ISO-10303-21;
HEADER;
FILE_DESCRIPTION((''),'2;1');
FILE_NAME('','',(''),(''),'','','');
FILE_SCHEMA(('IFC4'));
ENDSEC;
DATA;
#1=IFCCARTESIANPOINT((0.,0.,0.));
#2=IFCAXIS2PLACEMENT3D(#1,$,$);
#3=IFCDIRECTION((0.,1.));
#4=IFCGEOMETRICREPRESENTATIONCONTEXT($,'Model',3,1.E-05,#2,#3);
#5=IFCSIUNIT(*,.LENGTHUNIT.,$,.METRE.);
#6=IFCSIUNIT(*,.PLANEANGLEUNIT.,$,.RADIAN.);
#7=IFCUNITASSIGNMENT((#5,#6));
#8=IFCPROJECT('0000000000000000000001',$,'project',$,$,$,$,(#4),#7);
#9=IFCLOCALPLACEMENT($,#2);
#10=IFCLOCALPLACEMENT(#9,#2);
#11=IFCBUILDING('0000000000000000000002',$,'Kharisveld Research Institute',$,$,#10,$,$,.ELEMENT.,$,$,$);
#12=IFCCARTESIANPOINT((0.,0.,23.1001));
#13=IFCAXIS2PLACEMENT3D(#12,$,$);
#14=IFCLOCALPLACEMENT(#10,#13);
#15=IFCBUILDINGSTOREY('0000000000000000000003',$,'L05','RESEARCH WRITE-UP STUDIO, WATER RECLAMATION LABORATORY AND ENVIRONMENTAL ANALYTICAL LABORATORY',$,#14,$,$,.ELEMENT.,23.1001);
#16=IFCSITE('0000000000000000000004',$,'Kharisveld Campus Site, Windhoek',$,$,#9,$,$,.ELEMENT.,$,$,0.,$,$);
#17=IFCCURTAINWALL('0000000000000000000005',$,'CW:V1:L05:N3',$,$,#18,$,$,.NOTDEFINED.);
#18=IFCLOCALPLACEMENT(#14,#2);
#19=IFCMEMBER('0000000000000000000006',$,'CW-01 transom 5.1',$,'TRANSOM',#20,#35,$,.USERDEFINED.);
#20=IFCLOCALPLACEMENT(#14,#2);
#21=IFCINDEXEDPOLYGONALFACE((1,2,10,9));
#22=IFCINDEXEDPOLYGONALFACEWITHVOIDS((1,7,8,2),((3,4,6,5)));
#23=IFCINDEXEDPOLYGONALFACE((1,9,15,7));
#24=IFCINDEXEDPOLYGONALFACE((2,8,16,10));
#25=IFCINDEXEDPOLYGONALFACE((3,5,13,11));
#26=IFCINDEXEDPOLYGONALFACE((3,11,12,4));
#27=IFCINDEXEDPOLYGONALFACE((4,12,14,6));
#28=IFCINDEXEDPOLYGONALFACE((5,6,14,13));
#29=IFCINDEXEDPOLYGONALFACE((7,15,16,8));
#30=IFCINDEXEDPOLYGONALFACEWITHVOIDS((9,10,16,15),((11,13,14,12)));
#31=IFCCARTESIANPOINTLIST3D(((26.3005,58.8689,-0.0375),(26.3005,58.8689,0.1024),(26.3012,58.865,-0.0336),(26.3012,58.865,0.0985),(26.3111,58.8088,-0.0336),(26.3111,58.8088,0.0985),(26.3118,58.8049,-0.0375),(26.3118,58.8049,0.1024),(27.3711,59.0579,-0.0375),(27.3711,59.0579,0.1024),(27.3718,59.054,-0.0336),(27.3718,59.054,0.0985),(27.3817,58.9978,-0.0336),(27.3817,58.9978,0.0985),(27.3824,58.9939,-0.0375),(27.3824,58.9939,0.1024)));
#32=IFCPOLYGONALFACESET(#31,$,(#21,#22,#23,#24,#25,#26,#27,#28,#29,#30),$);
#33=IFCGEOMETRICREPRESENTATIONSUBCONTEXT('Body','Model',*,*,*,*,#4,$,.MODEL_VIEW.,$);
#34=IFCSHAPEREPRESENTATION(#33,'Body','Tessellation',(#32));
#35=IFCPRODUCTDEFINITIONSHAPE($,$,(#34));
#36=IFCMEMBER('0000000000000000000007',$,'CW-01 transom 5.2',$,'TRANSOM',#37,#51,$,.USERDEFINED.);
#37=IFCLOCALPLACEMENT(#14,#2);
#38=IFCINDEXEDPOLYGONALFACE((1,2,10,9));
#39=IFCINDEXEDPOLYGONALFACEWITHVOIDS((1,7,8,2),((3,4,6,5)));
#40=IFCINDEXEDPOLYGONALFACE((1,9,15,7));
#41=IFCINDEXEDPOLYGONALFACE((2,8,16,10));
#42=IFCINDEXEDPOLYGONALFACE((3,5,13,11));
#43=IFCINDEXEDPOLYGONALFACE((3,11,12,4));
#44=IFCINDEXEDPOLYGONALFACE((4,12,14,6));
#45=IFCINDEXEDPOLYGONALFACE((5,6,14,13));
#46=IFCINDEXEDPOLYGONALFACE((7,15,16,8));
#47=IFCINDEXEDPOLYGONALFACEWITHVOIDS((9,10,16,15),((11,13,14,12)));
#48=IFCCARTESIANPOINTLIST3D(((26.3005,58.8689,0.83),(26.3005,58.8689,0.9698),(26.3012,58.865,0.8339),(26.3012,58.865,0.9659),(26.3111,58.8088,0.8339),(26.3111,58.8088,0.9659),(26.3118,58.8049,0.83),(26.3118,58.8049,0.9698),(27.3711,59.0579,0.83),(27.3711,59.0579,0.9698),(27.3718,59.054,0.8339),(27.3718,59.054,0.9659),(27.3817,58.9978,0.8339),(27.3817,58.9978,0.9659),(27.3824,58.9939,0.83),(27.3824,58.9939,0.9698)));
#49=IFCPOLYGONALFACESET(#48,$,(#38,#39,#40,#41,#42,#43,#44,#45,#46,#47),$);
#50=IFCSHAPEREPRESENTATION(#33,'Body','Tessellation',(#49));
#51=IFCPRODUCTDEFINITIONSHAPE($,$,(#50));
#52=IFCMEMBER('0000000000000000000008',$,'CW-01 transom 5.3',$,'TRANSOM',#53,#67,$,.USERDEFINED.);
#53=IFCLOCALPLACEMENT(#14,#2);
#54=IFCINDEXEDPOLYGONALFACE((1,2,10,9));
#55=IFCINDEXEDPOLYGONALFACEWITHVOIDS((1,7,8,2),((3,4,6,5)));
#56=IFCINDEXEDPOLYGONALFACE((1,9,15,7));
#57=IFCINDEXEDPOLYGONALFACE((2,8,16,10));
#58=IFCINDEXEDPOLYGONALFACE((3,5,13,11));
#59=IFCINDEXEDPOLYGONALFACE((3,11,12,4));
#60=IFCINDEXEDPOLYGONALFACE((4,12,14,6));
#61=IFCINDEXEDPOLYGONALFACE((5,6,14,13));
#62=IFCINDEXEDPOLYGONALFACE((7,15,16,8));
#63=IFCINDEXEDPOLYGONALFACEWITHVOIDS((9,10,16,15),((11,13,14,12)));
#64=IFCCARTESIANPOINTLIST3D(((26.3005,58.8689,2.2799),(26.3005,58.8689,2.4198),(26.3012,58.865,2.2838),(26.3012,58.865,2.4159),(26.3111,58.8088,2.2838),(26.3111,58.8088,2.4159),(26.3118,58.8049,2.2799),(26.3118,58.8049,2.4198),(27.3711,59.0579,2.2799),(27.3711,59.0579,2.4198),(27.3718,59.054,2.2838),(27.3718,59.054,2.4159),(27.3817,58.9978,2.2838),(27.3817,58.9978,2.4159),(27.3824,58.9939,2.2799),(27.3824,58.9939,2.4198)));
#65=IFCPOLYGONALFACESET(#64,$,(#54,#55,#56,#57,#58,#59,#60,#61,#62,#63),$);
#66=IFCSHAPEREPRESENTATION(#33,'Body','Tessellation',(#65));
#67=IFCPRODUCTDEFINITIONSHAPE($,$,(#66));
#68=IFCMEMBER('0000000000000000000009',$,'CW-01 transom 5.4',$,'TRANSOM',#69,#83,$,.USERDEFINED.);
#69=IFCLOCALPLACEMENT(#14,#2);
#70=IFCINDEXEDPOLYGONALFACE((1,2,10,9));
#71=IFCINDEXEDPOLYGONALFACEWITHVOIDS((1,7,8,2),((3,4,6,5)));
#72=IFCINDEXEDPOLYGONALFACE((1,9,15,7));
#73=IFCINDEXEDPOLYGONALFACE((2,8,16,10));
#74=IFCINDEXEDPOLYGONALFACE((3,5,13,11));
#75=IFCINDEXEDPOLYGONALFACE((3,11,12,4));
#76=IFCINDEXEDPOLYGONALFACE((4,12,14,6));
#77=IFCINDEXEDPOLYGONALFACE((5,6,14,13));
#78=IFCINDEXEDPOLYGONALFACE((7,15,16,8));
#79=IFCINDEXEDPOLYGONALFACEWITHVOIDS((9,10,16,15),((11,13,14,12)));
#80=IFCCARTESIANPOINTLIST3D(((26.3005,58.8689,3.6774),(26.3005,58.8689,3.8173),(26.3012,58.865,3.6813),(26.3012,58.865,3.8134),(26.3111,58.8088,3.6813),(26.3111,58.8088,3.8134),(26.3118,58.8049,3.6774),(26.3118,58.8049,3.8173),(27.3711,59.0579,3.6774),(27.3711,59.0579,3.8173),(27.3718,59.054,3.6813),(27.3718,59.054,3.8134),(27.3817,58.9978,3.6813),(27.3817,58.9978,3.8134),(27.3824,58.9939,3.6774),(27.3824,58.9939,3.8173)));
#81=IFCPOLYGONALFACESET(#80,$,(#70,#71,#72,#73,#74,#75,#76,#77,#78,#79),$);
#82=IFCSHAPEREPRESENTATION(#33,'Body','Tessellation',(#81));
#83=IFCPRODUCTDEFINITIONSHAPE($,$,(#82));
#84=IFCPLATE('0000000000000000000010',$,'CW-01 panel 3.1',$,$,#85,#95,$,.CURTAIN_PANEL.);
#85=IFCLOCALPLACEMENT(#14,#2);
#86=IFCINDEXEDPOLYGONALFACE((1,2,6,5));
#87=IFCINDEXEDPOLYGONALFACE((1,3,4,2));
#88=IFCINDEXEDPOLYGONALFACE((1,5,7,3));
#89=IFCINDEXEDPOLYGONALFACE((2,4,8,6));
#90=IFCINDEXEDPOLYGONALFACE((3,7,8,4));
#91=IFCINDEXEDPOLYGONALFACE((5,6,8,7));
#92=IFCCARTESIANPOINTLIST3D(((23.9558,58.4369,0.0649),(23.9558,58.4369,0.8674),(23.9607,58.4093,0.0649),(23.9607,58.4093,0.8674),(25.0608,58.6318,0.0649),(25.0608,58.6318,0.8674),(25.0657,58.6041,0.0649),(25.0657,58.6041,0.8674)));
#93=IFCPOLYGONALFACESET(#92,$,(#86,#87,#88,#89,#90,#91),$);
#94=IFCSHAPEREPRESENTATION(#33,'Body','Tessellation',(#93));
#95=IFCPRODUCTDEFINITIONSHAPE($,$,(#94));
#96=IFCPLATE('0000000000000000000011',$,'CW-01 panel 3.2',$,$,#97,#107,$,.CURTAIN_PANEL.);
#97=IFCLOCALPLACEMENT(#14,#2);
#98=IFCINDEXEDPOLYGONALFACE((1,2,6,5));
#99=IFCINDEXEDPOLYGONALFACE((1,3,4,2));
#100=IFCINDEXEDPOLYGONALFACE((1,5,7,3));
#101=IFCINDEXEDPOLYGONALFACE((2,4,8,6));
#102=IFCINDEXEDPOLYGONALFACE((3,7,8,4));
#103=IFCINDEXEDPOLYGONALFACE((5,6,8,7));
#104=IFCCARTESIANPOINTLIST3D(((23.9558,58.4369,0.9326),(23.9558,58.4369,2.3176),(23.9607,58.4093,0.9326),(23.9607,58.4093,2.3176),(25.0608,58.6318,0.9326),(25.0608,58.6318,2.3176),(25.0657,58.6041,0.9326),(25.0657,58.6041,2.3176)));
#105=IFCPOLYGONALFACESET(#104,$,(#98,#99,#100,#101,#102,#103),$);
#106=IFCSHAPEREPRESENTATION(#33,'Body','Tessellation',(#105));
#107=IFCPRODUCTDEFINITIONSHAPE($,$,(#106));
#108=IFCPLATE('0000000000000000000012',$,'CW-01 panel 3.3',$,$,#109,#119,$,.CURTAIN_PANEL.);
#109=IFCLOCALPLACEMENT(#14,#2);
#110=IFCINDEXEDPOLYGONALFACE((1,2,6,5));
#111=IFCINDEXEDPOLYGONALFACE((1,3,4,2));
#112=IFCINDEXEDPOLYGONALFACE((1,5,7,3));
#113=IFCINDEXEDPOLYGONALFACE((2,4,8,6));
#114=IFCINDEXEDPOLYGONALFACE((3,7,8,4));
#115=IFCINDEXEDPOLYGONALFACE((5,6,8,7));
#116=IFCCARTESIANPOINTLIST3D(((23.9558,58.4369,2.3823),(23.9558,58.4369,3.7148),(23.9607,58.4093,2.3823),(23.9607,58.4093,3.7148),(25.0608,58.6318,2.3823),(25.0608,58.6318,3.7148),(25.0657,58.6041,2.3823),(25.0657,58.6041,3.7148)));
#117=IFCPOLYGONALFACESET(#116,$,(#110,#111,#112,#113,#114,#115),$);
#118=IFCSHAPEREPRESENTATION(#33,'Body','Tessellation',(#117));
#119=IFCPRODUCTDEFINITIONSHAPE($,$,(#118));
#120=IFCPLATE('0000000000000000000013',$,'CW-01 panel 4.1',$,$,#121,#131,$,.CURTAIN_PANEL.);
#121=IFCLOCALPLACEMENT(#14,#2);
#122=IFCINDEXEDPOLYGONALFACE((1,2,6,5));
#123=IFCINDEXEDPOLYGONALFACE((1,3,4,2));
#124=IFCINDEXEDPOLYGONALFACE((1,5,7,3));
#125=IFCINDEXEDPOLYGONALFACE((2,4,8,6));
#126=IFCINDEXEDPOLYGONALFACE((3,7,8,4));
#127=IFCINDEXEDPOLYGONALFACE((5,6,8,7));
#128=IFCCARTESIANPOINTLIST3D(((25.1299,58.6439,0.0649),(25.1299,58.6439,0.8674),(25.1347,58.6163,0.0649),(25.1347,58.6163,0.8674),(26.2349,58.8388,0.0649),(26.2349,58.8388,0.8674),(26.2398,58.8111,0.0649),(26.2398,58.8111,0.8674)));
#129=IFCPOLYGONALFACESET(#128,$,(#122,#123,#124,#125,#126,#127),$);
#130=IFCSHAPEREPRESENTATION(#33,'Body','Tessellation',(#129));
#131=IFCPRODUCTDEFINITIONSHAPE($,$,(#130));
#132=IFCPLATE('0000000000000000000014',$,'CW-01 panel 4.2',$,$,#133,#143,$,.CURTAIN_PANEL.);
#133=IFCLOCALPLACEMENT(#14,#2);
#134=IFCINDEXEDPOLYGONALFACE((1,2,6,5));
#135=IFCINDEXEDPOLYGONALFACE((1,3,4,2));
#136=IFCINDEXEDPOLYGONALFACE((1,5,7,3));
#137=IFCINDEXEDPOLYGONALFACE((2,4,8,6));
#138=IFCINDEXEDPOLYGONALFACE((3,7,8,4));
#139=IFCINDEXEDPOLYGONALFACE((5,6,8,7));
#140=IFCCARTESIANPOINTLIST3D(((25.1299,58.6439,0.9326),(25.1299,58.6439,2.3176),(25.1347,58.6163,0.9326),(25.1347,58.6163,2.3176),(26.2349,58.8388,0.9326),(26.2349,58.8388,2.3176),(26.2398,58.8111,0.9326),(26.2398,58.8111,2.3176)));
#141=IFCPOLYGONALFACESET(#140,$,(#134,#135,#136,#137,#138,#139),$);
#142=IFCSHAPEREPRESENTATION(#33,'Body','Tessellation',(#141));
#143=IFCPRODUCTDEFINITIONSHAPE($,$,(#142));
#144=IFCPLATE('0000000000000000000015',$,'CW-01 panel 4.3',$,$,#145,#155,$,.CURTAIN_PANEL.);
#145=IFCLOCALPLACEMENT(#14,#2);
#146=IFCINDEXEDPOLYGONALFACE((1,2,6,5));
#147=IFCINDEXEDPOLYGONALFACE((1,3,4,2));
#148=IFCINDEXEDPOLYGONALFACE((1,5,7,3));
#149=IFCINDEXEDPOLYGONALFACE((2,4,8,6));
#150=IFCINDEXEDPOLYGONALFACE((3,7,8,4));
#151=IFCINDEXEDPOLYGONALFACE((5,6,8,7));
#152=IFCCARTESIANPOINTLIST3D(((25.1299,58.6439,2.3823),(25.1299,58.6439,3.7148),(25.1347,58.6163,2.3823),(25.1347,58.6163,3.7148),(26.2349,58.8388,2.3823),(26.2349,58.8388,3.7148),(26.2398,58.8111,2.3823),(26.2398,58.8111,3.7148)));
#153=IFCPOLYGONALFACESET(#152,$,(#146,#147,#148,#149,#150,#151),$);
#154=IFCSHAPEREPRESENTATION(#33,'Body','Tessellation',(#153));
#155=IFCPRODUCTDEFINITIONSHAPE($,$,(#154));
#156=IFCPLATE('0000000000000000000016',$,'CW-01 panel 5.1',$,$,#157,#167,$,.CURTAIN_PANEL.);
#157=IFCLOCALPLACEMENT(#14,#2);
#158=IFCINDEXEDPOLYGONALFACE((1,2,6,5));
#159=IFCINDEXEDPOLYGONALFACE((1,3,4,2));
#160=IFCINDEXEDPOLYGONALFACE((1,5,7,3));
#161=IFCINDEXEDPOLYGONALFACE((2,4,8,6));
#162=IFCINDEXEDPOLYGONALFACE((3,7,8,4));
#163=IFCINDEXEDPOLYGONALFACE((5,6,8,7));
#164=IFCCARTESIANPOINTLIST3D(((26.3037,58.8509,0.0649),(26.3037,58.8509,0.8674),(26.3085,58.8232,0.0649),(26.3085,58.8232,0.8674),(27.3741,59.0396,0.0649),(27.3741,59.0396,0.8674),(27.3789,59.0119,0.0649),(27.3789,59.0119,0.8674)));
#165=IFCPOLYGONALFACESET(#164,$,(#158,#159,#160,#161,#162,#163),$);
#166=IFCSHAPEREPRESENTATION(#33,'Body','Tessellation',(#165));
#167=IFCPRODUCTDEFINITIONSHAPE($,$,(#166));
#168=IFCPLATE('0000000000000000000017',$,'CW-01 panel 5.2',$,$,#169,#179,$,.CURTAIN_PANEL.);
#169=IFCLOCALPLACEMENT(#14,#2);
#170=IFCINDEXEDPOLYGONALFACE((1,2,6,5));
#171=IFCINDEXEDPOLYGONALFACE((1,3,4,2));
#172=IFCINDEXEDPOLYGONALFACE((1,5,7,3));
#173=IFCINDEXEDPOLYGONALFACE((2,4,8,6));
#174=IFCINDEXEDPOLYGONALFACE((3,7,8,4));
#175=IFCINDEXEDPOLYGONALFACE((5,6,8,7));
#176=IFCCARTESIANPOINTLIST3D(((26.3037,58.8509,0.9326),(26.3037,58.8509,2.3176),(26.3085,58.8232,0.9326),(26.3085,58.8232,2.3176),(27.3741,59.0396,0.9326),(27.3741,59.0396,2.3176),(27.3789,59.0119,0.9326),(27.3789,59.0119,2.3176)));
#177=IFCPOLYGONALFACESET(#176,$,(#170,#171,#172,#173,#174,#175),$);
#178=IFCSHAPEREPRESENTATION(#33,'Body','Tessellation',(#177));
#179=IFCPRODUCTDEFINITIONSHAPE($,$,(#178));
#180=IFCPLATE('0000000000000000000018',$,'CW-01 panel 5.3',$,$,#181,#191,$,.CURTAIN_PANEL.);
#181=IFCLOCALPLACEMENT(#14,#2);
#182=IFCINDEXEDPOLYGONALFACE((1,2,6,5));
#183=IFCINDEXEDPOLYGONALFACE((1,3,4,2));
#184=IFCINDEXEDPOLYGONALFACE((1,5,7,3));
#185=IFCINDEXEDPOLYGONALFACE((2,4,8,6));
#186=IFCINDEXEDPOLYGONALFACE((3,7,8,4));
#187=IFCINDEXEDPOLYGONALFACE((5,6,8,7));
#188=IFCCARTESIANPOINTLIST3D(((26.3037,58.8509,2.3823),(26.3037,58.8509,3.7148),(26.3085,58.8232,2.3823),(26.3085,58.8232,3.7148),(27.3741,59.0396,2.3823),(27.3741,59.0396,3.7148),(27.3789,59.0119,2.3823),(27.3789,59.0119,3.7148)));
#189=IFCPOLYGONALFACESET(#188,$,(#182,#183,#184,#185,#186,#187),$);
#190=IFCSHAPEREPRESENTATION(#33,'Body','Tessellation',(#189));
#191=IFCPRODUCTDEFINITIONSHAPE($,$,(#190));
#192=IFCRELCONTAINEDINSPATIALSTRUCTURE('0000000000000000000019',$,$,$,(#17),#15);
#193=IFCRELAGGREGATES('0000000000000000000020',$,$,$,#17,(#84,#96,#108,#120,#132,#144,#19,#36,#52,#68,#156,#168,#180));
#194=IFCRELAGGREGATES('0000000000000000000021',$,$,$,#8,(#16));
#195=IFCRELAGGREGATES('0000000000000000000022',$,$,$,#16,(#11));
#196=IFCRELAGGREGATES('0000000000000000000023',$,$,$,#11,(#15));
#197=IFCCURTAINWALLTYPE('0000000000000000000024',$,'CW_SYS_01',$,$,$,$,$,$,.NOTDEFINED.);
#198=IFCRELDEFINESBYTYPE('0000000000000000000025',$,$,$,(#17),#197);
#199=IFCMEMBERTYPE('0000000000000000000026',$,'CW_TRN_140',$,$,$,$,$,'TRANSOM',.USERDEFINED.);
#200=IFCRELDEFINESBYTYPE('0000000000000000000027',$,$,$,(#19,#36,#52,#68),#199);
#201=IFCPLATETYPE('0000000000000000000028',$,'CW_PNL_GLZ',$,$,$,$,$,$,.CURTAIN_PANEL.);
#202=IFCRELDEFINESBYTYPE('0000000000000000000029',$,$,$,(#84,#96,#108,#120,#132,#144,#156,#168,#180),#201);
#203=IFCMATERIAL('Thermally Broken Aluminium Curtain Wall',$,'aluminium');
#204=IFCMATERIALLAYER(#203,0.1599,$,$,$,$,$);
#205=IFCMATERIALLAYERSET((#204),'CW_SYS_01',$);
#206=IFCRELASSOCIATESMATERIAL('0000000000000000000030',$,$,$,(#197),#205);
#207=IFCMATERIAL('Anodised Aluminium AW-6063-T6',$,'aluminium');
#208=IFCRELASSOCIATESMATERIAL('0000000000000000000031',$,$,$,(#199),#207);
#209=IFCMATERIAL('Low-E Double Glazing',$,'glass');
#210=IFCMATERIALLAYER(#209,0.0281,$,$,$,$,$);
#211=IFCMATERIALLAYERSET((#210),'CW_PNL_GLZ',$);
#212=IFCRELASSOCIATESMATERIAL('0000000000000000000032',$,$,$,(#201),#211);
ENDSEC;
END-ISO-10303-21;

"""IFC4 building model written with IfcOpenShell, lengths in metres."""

from ifc_helpers import new_model, si_unit, direction, frame, origin, origin_2d, place, context, subcontext, project, spatial, rectangle, hollow_rectangle, extrude, material, layer, layer_set, material_profile, profile_set, type_object, element, aggregate, save


model = new_model("IFC4")

# Units and contexts
model_context = context("Model", 3, precision=1e-05, world=origin(), true_north=direction((0.0, 1.0)))
body_context = subcontext(model_context, "Body", "Model", "MODEL_VIEW")
ifc_project = project(units=[si_unit("LENGTHUNIT", "METRE"), si_unit("PLANEANGLEUNIT", "RADIAN")], contexts=[model_context])

# Site, building, storey
site_placement = place(None, origin())
site = spatial("IfcSite", under=ifc_project, at=site_placement, Name="Kharisveld Campus Site, Windhoek", CompositionType="ELEMENT", RefElevation=0.0)
building_placement = place(site_placement, origin())
building = spatial("IfcBuilding", under=site, at=building_placement, Name="Kharisveld Research Institute", CompositionType="ELEMENT")
storey_placement = place(building_placement, frame((0.0, 0.0, 23.1001)))
storey = spatial("IfcBuildingStorey", under=building, at=storey_placement, Name="L05", Description="RESEARCH WRITE-UP STUDIO, WATER RECLAMATION LABORATORY AND ENVIRONMENTAL ANALYTICAL LABORATORY", CompositionType="ELEMENT", Elevation=23.1001)

# Curtain wall, members, plates
ifc_material_1 = material(Name="Thermally Broken Aluminium Curtain Wall", Category="aluminium")
ifc_layer_1 = layer(ifc_material_1, 0.1599)
ifc_layer_set_1 = layer_set([ifc_layer_1], Name="CW_SYS_01")
curtain_wall_type = type_object("IfcCurtainWallType", Name="CW_SYS_01", PredefinedType="NOTDEFINED", material=ifc_layer_set_1)
curtain_wall_placement = place(storey_placement, origin())
curtain_wall = element("IfcCurtainWall", 1, at=curtain_wall_placement, inside=storey, type_object=curtain_wall_type, Name="CW:V1:L05:N3", PredefinedType="NOTDEFINED")
ifc_material_2 = material(Name="Anodised Aluminium AW-6063-T6", Category="aluminium")
ifc_material_profile_1 = material_profile(ifc_material_2, hollow_rectangle(XDim=0.0649, YDim=0.1399, WallThickness=0.0039, at=origin_2d()))
ifc_profile_set_1 = profile_set([ifc_material_profile_1], Name="Anodised Aluminium AW-6063-T6")
member_type_1 = type_object("IfcMemberType", Name="CW_TRN_140", ElementType="TRANSOM", PredefinedType="USERDEFINED", material=ifc_profile_set_1)
member_1_placement = place(storey_placement, frame((26.3062, 58.8369, 0.0325), z_axis=(0.984777, 0.173824, 0.0), x_axis=(-0.173824, 0.984777, 0.0)))
member_1 = element("IfcMember", 2, at=member_1_placement, type_object=member_type_1, Name="CW-01 transom 5.1", ObjectType="TRANSOM", PredefinedType="USERDEFINED", context=body_context, shape_type="SweptSolid", body=[
    extrude(hollow_rectangle(XDim=0.0649, YDim=0.1399, WallThickness=0.0039, at=origin_2d()), origin(), (0.0, 0.0, 1.0), 1.0872),
])
member_2_placement = place(storey_placement, frame((26.3062, 58.8369, 0.8999), z_axis=(0.984777, 0.173824, 0.0), x_axis=(-0.173824, 0.984777, 0.0)))
member_2 = element("IfcMember", 3, at=member_2_placement, type_object=member_type_1, Name="CW-01 transom 5.2", ObjectType="TRANSOM", PredefinedType="USERDEFINED", context=body_context, shape_type="SweptSolid", body=[
    extrude(hollow_rectangle(XDim=0.0649, YDim=0.1399, WallThickness=0.0039, at=origin_2d()), origin(), (0.0, 0.0, 1.0), 1.0872),
])
member_3_placement = place(storey_placement, frame((26.3062, 58.8369, 2.3499), z_axis=(0.984777, 0.173824, 0.0), x_axis=(-0.173824, 0.984777, 0.0)))
member_3 = element("IfcMember", 4, at=member_3_placement, type_object=member_type_1, Name="CW-01 transom 5.3", ObjectType="TRANSOM", PredefinedType="USERDEFINED", context=body_context, shape_type="SweptSolid", body=[
    extrude(hollow_rectangle(XDim=0.0649, YDim=0.1399, WallThickness=0.0039, at=origin_2d()), origin(), (0.0, 0.0, 1.0), 1.0872),
])
member_4_placement = place(storey_placement, frame((26.3062, 58.8369, 3.7473), z_axis=(0.984777, 0.173824, 0.0), x_axis=(-0.173824, 0.984777, 0.0)))
member_4 = element("IfcMember", 5, at=member_4_placement, type_object=member_type_1, Name="CW-01 transom 5.4", ObjectType="TRANSOM", PredefinedType="USERDEFINED", context=body_context, shape_type="SweptSolid", body=[
    extrude(hollow_rectangle(XDim=0.0649, YDim=0.1399, WallThickness=0.0039, at=origin_2d()), origin(), (0.0, 0.0, 1.0), 1.0872),
])
ifc_material_3 = material(Name="Low-E Double Glazing", Category="glass")
ifc_layer_2 = layer(ifc_material_3, 0.0281)
ifc_layer_set_2 = layer_set([ifc_layer_2], Name="CW_PNL_GLZ")
plate_type = type_object("IfcPlateType", Name="CW_PNL_GLZ", PredefinedType="CURTAIN_PANEL", material=ifc_layer_set_2)
plate_1_placement = place(storey_placement, frame((24.5107, 58.5205, 0.0649), z_axis=(0.0, 0.0, 1.0), x_axis=(0.984808, 0.173648, 0.0)))
plate_1 = element("IfcPlate", 6, at=plate_1_placement, type_object=plate_type, Name="CW-01 panel 3.1", PredefinedType="CURTAIN_PANEL", context=body_context, shape_type="SweptSolid", body=[
    extrude(rectangle(XDim=1.1221, YDim=0.0281, at=origin_2d()), origin(), (0.0, 0.0, 1.0), 0.8025),
])
plate_2_placement = place(storey_placement, frame((24.5107, 58.5205, 0.9326), z_axis=(0.0, 0.0, 1.0), x_axis=(0.984808, 0.173648, 0.0)))
plate_2 = element("IfcPlate", 7, at=plate_2_placement, type_object=plate_type, Name="CW-01 panel 3.2", PredefinedType="CURTAIN_PANEL", context=body_context, shape_type="SweptSolid", body=[
    extrude(rectangle(XDim=1.1221, YDim=0.0281, at=origin_2d()), origin(), (0.0, 0.0, 1.0), 1.385),
])
plate_3_placement = place(storey_placement, frame((24.5107, 58.5205, 2.3823), z_axis=(0.0, 0.0, 1.0), x_axis=(0.984808, 0.173648, 0.0)))
plate_3 = element("IfcPlate", 8, at=plate_3_placement, type_object=plate_type, Name="CW-01 panel 3.3", PredefinedType="CURTAIN_PANEL", context=body_context, shape_type="SweptSolid", body=[
    extrude(rectangle(XDim=1.1221, YDim=0.0281, at=origin_2d()), origin(), (0.0, 0.0, 1.0), 1.3325),
])
plate_4_placement = place(storey_placement, frame((25.6848, 58.7275, 0.0649), z_axis=(0.0, 0.0, 1.0), x_axis=(0.984808, 0.173648, 0.0)))
plate_4 = element("IfcPlate", 9, at=plate_4_placement, type_object=plate_type, Name="CW-01 panel 4.1", PredefinedType="CURTAIN_PANEL", context=body_context, shape_type="SweptSolid", body=[
    extrude(rectangle(XDim=1.1221, YDim=0.0281, at=origin_2d()), origin(), (0.0, 0.0, 1.0), 0.8025),
])
plate_5_placement = place(storey_placement, frame((25.6848, 58.7275, 0.9326), z_axis=(0.0, 0.0, 1.0), x_axis=(0.984808, 0.173648, 0.0)))
plate_5 = element("IfcPlate", 10, at=plate_5_placement, type_object=plate_type, Name="CW-01 panel 4.2", PredefinedType="CURTAIN_PANEL", context=body_context, shape_type="SweptSolid", body=[
    extrude(rectangle(XDim=1.1221, YDim=0.0281, at=origin_2d()), origin(), (0.0, 0.0, 1.0), 1.385),
])
plate_6_placement = place(storey_placement, frame((25.6848, 58.7275, 2.3823), z_axis=(0.0, 0.0, 1.0), x_axis=(0.984808, 0.173648, 0.0)))
plate_6 = element("IfcPlate", 11, at=plate_6_placement, type_object=plate_type, Name="CW-01 panel 4.3", PredefinedType="CURTAIN_PANEL", context=body_context, shape_type="SweptSolid", body=[
    extrude(rectangle(XDim=1.1221, YDim=0.0281, at=origin_2d()), origin(), (0.0, 0.0, 1.0), 1.3325),
])
plate_7_placement = place(storey_placement, frame((26.8413, 58.9314, 0.0649), z_axis=(0.0, 0.0, 1.0), x_axis=(0.984808, 0.173648, 0.0)))
plate_7 = element("IfcPlate", 12, at=plate_7_placement, type_object=plate_type, Name="CW-01 panel 5.1", PredefinedType="CURTAIN_PANEL", context=body_context, shape_type="SweptSolid", body=[
    extrude(rectangle(XDim=1.0869, YDim=0.0281, at=origin_2d()), origin(), (0.0, 0.0, 1.0), 0.8025),
])
plate_8_placement = place(storey_placement, frame((26.8413, 58.9314, 0.9326), z_axis=(0.0, 0.0, 1.0), x_axis=(0.984808, 0.173648, 0.0)))
plate_8 = element("IfcPlate", 13, at=plate_8_placement, type_object=plate_type, Name="CW-01 panel 5.2", PredefinedType="CURTAIN_PANEL", context=body_context, shape_type="SweptSolid", body=[
    extrude(rectangle(XDim=1.0869, YDim=0.0281, at=origin_2d()), origin(), (0.0, 0.0, 1.0), 1.385),
])
plate_9_placement = place(storey_placement, frame((26.8413, 58.9314, 2.3823), z_axis=(0.0, 0.0, 1.0), x_axis=(0.984808, 0.173648, 0.0)))
plate_9 = element("IfcPlate", 14, at=plate_9_placement, type_object=plate_type, Name="CW-01 panel 5.3", PredefinedType="CURTAIN_PANEL", context=body_context, shape_type="SweptSolid", body=[
    extrude(rectangle(XDim=1.0869, YDim=0.0281, at=origin_2d()), origin(), (0.0, 0.0, 1.0), 1.3325),
])
aggregate(curtain_wall, [plate_1, plate_2, plate_3, plate_4, plate_5, plate_6, member_1, member_2, member_3, member_4, plate_7, plate_8, plate_9])

save(model, "model.ifc")
